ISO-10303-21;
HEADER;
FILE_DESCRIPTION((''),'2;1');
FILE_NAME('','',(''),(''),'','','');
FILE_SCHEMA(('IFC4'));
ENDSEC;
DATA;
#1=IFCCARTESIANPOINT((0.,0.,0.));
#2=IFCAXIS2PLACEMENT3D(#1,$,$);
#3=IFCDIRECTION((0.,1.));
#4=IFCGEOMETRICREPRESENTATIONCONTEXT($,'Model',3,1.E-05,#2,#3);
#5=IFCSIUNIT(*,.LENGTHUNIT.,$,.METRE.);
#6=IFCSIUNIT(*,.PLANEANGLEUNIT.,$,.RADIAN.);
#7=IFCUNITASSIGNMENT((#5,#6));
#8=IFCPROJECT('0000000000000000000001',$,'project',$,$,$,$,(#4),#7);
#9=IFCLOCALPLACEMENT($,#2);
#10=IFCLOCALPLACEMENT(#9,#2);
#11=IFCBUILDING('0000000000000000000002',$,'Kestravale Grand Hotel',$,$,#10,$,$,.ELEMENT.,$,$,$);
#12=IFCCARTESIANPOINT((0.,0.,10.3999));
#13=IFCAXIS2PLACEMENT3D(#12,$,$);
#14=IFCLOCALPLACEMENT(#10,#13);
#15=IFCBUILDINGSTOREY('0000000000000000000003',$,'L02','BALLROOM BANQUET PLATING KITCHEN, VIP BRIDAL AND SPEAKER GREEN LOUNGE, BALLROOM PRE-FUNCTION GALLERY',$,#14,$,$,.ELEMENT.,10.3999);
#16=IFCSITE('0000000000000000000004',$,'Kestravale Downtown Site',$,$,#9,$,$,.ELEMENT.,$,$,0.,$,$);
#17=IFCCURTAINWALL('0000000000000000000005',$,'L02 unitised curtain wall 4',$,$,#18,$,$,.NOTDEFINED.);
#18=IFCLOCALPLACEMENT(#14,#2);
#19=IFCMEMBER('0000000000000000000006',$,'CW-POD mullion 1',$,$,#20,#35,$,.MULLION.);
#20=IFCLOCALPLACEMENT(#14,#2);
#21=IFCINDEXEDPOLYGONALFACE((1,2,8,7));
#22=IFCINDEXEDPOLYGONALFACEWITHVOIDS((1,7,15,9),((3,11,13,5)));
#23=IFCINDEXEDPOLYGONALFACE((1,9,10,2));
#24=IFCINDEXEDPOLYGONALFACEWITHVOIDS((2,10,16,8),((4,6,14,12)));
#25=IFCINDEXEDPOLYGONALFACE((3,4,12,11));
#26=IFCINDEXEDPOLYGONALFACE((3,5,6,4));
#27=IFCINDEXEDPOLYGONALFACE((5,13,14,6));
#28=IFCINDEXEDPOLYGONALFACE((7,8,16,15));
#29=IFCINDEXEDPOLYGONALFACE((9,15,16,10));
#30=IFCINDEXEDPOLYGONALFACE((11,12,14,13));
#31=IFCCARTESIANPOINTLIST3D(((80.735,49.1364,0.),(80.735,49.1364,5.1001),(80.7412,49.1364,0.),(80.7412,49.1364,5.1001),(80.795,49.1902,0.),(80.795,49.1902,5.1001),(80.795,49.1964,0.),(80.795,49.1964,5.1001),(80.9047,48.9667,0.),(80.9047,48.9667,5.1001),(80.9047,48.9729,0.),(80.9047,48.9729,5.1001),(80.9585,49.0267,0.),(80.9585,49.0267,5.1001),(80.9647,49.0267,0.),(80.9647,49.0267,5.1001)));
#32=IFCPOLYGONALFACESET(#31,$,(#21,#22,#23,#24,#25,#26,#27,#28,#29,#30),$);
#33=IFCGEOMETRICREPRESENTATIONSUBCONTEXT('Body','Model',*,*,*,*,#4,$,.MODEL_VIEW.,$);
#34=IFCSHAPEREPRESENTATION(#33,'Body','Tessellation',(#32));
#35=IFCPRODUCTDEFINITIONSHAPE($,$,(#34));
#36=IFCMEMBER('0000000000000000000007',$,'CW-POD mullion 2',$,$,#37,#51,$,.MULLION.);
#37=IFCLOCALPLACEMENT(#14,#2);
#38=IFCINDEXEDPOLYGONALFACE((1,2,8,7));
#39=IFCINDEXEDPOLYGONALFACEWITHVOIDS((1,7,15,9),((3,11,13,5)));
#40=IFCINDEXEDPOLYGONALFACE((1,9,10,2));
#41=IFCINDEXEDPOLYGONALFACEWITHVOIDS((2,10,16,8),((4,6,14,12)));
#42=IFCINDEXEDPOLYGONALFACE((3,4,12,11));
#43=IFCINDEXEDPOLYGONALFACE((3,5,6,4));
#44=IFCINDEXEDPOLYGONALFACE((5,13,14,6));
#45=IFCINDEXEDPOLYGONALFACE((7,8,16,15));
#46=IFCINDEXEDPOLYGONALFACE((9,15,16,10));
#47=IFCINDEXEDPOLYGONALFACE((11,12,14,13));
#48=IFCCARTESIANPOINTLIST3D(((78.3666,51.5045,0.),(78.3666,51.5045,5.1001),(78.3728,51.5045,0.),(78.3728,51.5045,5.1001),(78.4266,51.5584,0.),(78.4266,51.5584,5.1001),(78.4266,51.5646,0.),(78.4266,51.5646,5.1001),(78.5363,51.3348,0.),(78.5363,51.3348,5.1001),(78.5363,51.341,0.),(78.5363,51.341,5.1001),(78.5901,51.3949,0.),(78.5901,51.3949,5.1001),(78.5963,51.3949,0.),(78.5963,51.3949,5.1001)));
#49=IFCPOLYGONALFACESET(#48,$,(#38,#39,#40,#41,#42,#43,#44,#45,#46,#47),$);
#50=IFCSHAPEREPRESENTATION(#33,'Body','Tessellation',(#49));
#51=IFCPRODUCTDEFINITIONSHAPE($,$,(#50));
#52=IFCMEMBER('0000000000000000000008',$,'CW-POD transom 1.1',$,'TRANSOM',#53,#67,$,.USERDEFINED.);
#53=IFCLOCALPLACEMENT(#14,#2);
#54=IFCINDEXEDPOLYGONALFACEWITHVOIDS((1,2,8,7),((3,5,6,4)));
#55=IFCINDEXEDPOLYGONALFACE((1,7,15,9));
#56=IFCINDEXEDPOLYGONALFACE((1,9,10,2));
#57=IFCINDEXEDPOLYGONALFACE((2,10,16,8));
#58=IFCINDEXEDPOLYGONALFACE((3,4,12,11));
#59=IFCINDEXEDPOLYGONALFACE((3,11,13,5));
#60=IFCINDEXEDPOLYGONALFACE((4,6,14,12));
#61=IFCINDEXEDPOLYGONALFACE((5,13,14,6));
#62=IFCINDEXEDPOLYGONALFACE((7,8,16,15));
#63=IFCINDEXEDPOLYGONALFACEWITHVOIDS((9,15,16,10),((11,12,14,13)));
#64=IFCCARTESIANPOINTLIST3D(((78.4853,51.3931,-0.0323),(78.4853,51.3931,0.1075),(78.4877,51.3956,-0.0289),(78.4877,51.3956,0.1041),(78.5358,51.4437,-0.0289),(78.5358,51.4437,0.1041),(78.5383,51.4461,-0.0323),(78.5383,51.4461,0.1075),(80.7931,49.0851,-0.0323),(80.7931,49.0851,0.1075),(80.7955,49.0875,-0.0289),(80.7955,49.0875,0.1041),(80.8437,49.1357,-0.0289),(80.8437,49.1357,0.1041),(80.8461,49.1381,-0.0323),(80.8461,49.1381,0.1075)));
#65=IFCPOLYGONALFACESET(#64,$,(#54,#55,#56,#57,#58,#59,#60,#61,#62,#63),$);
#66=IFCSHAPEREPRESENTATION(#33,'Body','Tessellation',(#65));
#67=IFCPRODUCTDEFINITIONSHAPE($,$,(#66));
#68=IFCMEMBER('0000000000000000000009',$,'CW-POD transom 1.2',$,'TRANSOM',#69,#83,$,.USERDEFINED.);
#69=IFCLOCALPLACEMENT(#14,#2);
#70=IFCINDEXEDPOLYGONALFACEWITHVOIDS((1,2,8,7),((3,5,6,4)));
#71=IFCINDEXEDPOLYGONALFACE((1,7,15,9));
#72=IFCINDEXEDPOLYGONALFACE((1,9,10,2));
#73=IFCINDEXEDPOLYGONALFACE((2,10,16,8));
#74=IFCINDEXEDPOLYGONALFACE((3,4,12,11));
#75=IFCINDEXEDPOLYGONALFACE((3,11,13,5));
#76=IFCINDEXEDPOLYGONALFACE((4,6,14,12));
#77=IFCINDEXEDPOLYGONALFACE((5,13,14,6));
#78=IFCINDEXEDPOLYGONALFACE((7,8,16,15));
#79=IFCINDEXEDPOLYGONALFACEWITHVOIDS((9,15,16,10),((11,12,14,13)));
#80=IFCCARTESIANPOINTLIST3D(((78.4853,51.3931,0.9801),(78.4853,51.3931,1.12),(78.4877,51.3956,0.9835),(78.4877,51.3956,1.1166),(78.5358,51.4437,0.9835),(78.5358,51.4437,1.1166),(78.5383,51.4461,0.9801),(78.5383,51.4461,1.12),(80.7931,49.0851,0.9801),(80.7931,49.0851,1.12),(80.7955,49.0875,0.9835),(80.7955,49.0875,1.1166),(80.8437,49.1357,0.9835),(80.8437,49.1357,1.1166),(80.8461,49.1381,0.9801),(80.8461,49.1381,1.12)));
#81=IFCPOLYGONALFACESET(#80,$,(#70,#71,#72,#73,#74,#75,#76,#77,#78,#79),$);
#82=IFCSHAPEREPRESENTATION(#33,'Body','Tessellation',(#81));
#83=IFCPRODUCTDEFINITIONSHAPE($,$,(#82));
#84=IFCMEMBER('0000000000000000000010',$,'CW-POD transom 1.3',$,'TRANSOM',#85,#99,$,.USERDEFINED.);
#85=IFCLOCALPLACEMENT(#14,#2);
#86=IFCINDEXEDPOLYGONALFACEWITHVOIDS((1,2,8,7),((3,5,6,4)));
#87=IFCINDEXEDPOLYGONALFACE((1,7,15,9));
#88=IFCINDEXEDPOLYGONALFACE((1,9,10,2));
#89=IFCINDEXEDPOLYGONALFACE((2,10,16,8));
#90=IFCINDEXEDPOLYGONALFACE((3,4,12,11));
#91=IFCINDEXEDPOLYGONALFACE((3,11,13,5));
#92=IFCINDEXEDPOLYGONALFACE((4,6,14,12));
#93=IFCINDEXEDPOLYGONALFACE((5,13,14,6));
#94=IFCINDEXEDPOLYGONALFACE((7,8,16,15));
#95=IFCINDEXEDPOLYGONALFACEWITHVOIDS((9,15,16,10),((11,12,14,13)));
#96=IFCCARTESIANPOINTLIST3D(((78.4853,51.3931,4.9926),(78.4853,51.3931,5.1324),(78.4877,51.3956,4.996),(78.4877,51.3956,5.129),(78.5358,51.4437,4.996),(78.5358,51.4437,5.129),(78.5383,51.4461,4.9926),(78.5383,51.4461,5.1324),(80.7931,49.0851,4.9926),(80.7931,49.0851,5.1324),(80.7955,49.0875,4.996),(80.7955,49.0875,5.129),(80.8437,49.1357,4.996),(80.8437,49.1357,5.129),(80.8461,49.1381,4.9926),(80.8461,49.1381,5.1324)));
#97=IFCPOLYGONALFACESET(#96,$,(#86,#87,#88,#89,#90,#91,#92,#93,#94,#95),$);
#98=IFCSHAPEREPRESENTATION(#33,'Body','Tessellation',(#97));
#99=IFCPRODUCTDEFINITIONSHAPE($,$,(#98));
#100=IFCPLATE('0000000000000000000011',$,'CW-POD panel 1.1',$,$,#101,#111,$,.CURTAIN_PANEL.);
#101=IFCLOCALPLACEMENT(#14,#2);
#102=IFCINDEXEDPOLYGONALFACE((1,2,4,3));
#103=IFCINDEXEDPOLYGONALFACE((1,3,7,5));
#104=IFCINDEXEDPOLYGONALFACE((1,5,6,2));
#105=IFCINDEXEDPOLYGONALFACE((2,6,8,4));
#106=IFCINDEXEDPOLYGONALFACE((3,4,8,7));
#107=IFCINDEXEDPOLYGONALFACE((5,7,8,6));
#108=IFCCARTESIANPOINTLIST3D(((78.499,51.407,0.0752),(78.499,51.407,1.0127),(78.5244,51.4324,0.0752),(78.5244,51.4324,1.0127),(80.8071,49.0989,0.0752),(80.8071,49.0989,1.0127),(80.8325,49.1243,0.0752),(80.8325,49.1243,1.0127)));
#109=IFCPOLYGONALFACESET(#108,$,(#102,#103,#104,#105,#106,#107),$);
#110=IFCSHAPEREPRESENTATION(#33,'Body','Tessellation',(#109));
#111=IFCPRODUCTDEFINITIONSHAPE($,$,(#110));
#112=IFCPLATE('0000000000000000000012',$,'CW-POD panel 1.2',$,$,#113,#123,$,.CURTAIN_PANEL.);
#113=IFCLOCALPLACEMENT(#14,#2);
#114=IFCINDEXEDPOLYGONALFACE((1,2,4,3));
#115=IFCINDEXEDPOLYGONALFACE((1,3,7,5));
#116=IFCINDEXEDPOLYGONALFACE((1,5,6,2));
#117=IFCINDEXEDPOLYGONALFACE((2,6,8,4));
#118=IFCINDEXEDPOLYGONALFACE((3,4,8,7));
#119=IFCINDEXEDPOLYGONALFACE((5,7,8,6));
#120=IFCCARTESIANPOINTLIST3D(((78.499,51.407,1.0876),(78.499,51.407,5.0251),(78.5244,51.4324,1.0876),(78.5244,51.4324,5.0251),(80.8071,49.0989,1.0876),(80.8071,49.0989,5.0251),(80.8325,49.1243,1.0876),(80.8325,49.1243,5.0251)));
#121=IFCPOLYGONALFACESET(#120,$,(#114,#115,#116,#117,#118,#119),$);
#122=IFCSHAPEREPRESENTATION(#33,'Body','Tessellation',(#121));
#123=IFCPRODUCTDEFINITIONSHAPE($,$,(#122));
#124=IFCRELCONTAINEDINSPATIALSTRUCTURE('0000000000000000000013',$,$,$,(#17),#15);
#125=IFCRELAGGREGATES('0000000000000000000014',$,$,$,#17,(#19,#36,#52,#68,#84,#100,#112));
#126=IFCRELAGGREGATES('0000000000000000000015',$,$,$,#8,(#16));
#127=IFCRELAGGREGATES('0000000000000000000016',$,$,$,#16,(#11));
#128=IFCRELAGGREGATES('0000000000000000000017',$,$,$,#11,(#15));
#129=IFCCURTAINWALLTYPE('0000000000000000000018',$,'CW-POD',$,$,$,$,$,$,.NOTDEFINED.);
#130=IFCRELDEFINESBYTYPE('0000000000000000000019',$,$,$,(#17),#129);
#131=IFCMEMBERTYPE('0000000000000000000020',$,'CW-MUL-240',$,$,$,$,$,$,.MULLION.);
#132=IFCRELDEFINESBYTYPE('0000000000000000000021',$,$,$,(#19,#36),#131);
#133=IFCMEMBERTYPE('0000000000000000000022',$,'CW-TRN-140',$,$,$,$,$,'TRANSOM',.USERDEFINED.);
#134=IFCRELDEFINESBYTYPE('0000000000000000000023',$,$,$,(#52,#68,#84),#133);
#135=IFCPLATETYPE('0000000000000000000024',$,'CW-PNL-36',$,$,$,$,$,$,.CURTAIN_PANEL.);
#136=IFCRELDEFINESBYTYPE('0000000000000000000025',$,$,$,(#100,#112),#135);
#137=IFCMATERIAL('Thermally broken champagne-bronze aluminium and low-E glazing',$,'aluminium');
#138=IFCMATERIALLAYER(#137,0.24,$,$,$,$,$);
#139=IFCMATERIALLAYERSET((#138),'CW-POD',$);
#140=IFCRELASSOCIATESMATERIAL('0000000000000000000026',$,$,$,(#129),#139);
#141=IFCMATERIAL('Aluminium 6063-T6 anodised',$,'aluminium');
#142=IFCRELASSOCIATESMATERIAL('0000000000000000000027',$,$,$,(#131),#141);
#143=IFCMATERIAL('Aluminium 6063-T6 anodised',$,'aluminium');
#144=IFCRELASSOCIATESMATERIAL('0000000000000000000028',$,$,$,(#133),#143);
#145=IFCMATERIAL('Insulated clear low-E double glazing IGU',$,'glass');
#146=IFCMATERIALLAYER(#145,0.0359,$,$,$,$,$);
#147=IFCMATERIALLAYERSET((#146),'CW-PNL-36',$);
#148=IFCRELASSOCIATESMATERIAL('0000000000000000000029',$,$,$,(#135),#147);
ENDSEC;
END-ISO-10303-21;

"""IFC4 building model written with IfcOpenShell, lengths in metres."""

from ifc_helpers import new_model, si_unit, direction, frame, origin, origin_2d, place, context, subcontext, project, spatial, rectangle, hollow_rectangle, extrude, material, layer, layer_set, material_profile, profile_set, type_object, element, aggregate, save


model = new_model("IFC4")

# Units and contexts
model_context = context("Model", 3, precision=1e-05, world=origin(), true_north=direction((0.0, 1.0)))
body_context = subcontext(model_context, "Body", "Model", "MODEL_VIEW")
ifc_project = project(units=[si_unit("LENGTHUNIT", "METRE"), si_unit("PLANEANGLEUNIT", "RADIAN")], contexts=[model_context])

# Site, building, storey
site_placement = place(None, origin())
site = spatial("IfcSite", under=ifc_project, at=site_placement, Name="Kestravale Downtown Site", CompositionType="ELEMENT", RefElevation=0.0)
building_placement = place(site_placement, origin())
building = spatial("IfcBuilding", under=site, at=building_placement, Name="Kestravale Grand Hotel", CompositionType="ELEMENT")
storey_placement = place(building_placement, frame((0.0, 0.0, 10.3999)))
storey = spatial("IfcBuildingStorey", under=building, at=storey_placement, Name="L02", Description="BALLROOM BANQUET PLATING KITCHEN, VIP BRIDAL AND SPEAKER GREEN LOUNGE, BALLROOM PRE-FUNCTION GALLERY", CompositionType="ELEMENT", Elevation=10.3999)

# Curtain wall, members, plates
ifc_material_1 = material(Name="Thermally broken champagne-bronze aluminium and low-E glazing", Category="aluminium")
ifc_layer_1 = layer(ifc_material_1, 0.24)
ifc_layer_set_1 = layer_set([ifc_layer_1], Name="CW-POD")
curtain_wall_type = type_object("IfcCurtainWallType", Name="CW-POD", PredefinedType="NOTDEFINED", material=ifc_layer_set_1)
curtain_wall_placement = place(storey_placement, origin())
curtain_wall = element("IfcCurtainWall", 1, at=curtain_wall_placement, inside=storey, type_object=curtain_wall_type, Name="L02 unitised curtain wall 4", PredefinedType="NOTDEFINED")
ifc_material_2 = material(Name="Aluminium 6063-T6 anodised", Category="aluminium")
ifc_material_profile_1 = material_profile(ifc_material_2, hollow_rectangle(XDim=0.085, YDim=0.24, WallThickness=0.0044, at=origin_2d()))
ifc_profile_set_1 = profile_set([ifc_material_profile_1], Name="Aluminium 6063-T6 anodised")
member_type_1 = type_object("IfcMemberType", Name="CW-MUL-240", PredefinedType="MULLION", material=ifc_profile_set_1)
member_1_placement = place(storey_placement, frame((80.8499, 49.0815, 0.0), z_axis=(0.0, 0.0, 1.0), x_axis=(-0.707107, -0.707107, 0.0)))
member_1 = element("IfcMember", 2, at=member_1_placement, type_object=member_type_1, Name="CW-POD mullion 1", PredefinedType="MULLION", context=body_context, shape_type="SweptSolid", body=[
    extrude(hollow_rectangle(XDim=0.085, YDim=0.24, WallThickness=0.0044, at=origin_2d()), origin(), (0.0, 0.0, 1.0), 5.1001),
])
member_2_placement = place(storey_placement, frame((78.4814, 51.4497, 0.0), z_axis=(0.0, 0.0, 1.0), x_axis=(-0.707107, -0.707107, 0.0)))
member_2 = element("IfcMember", 3, at=member_2_placement, type_object=member_type_1, Name="CW-POD mullion 2", PredefinedType="MULLION", context=body_context, shape_type="SweptSolid", body=[
    extrude(hollow_rectangle(XDim=0.085, YDim=0.24, WallThickness=0.0044, at=origin_2d()), origin(), (0.0, 0.0, 1.0), 5.1001),
])
ifc_material_3 = material(Name="Aluminium 6063-T6 anodised", Category="aluminium")
ifc_material_profile_2 = material_profile(ifc_material_3, hollow_rectangle(XDim=0.075, YDim=0.1399, WallThickness=0.0034, at=origin_2d()))
ifc_profile_set_2 = profile_set([ifc_material_profile_2], Name="Aluminium 6063-T6 anodised")
member_type_2 = type_object("IfcMemberType", Name="CW-TRN-140", ElementType="TRANSOM", PredefinedType="USERDEFINED", material=ifc_profile_set_2)
member_3_placement = place(storey_placement, frame((80.8196, 49.1116, 0.0376), z_axis=(-0.707069, 0.707144, 0.0), x_axis=(-0.707144, -0.707069, 0.0)))
member_3 = element("IfcMember", 4, at=member_3_placement, type_object=member_type_2, Name="CW-POD transom 1.1", ObjectType="TRANSOM", PredefinedType="USERDEFINED", context=body_context, shape_type="SweptSolid", body=[
    extrude(hollow_rectangle(XDim=0.075, YDim=0.1399, WallThickness=0.0034, at=origin_2d()), origin(), (0.0, 0.0, 1.0), 3.2639),
])
member_4_placement = place(storey_placement, frame((80.8196, 49.1116, 1.05), z_axis=(-0.707069, 0.707144, 0.0), x_axis=(-0.707144, -0.707069, 0.0)))
member_4 = element("IfcMember", 5, at=member_4_placement, type_object=member_type_2, Name="CW-POD transom 1.2", ObjectType="TRANSOM", PredefinedType="USERDEFINED", context=body_context, shape_type="SweptSolid", body=[
    extrude(hollow_rectangle(XDim=0.075, YDim=0.1399, WallThickness=0.0034, at=origin_2d()), origin(), (0.0, 0.0, 1.0), 3.2639),
])
member_5_placement = place(storey_placement, frame((80.8196, 49.1116, 5.0625), z_axis=(-0.707069, 0.707144, 0.0), x_axis=(-0.707144, -0.707069, 0.0)))
member_5 = element("IfcMember", 6, at=member_5_placement, type_object=member_type_2, Name="CW-POD transom 1.3", ObjectType="TRANSOM", PredefinedType="USERDEFINED", context=body_context, shape_type="SweptSolid", body=[
    extrude(hollow_rectangle(XDim=0.075, YDim=0.1399, WallThickness=0.0034, at=origin_2d()), origin(), (0.0, 0.0, 1.0), 3.2639),
])
ifc_material_4 = material(Name="Insulated clear low-E double glazing IGU", Category="glass")
ifc_layer_2 = layer(ifc_material_4, 0.0359)
ifc_layer_set_2 = layer_set([ifc_layer_2], Name="CW-PNL-36")
plate_type = type_object("IfcPlateType", Name="CW-PNL-36", PredefinedType="CURTAIN_PANEL", material=ifc_layer_set_2)
plate_1_placement = place(storey_placement, frame((79.6658, 50.2656, 0.0752), z_axis=(0.0, 0.0, 1.0), x_axis=(-0.707107, 0.707107, 0.0)))
plate_1 = element("IfcPlate", 7, at=plate_1_placement, type_object=plate_type, Name="CW-POD panel 1.1", PredefinedType="CURTAIN_PANEL", context=body_context, shape_type="SweptSolid", body=[
    extrude(rectangle(XDim=3.2642, YDim=0.0359, at=origin_2d()), origin(), (0.0, 0.0, 1.0), 0.9375),
])
plate_2_placement = place(storey_placement, frame((79.6658, 50.2656, 1.0876), z_axis=(0.0, 0.0, 1.0), x_axis=(-0.707107, 0.707107, 0.0)))
plate_2 = element("IfcPlate", 8, at=plate_2_placement, type_object=plate_type, Name="CW-POD panel 1.2", PredefinedType="CURTAIN_PANEL", context=body_context, shape_type="SweptSolid", body=[
    extrude(rectangle(XDim=3.2642, YDim=0.0359, at=origin_2d()), origin(), (0.0, 0.0, 1.0), 3.9375),
])
aggregate(curtain_wall, [member_1, member_2, member_3, member_4, member_5, plate_1, plate_2])

save(model, "model.ifc")
